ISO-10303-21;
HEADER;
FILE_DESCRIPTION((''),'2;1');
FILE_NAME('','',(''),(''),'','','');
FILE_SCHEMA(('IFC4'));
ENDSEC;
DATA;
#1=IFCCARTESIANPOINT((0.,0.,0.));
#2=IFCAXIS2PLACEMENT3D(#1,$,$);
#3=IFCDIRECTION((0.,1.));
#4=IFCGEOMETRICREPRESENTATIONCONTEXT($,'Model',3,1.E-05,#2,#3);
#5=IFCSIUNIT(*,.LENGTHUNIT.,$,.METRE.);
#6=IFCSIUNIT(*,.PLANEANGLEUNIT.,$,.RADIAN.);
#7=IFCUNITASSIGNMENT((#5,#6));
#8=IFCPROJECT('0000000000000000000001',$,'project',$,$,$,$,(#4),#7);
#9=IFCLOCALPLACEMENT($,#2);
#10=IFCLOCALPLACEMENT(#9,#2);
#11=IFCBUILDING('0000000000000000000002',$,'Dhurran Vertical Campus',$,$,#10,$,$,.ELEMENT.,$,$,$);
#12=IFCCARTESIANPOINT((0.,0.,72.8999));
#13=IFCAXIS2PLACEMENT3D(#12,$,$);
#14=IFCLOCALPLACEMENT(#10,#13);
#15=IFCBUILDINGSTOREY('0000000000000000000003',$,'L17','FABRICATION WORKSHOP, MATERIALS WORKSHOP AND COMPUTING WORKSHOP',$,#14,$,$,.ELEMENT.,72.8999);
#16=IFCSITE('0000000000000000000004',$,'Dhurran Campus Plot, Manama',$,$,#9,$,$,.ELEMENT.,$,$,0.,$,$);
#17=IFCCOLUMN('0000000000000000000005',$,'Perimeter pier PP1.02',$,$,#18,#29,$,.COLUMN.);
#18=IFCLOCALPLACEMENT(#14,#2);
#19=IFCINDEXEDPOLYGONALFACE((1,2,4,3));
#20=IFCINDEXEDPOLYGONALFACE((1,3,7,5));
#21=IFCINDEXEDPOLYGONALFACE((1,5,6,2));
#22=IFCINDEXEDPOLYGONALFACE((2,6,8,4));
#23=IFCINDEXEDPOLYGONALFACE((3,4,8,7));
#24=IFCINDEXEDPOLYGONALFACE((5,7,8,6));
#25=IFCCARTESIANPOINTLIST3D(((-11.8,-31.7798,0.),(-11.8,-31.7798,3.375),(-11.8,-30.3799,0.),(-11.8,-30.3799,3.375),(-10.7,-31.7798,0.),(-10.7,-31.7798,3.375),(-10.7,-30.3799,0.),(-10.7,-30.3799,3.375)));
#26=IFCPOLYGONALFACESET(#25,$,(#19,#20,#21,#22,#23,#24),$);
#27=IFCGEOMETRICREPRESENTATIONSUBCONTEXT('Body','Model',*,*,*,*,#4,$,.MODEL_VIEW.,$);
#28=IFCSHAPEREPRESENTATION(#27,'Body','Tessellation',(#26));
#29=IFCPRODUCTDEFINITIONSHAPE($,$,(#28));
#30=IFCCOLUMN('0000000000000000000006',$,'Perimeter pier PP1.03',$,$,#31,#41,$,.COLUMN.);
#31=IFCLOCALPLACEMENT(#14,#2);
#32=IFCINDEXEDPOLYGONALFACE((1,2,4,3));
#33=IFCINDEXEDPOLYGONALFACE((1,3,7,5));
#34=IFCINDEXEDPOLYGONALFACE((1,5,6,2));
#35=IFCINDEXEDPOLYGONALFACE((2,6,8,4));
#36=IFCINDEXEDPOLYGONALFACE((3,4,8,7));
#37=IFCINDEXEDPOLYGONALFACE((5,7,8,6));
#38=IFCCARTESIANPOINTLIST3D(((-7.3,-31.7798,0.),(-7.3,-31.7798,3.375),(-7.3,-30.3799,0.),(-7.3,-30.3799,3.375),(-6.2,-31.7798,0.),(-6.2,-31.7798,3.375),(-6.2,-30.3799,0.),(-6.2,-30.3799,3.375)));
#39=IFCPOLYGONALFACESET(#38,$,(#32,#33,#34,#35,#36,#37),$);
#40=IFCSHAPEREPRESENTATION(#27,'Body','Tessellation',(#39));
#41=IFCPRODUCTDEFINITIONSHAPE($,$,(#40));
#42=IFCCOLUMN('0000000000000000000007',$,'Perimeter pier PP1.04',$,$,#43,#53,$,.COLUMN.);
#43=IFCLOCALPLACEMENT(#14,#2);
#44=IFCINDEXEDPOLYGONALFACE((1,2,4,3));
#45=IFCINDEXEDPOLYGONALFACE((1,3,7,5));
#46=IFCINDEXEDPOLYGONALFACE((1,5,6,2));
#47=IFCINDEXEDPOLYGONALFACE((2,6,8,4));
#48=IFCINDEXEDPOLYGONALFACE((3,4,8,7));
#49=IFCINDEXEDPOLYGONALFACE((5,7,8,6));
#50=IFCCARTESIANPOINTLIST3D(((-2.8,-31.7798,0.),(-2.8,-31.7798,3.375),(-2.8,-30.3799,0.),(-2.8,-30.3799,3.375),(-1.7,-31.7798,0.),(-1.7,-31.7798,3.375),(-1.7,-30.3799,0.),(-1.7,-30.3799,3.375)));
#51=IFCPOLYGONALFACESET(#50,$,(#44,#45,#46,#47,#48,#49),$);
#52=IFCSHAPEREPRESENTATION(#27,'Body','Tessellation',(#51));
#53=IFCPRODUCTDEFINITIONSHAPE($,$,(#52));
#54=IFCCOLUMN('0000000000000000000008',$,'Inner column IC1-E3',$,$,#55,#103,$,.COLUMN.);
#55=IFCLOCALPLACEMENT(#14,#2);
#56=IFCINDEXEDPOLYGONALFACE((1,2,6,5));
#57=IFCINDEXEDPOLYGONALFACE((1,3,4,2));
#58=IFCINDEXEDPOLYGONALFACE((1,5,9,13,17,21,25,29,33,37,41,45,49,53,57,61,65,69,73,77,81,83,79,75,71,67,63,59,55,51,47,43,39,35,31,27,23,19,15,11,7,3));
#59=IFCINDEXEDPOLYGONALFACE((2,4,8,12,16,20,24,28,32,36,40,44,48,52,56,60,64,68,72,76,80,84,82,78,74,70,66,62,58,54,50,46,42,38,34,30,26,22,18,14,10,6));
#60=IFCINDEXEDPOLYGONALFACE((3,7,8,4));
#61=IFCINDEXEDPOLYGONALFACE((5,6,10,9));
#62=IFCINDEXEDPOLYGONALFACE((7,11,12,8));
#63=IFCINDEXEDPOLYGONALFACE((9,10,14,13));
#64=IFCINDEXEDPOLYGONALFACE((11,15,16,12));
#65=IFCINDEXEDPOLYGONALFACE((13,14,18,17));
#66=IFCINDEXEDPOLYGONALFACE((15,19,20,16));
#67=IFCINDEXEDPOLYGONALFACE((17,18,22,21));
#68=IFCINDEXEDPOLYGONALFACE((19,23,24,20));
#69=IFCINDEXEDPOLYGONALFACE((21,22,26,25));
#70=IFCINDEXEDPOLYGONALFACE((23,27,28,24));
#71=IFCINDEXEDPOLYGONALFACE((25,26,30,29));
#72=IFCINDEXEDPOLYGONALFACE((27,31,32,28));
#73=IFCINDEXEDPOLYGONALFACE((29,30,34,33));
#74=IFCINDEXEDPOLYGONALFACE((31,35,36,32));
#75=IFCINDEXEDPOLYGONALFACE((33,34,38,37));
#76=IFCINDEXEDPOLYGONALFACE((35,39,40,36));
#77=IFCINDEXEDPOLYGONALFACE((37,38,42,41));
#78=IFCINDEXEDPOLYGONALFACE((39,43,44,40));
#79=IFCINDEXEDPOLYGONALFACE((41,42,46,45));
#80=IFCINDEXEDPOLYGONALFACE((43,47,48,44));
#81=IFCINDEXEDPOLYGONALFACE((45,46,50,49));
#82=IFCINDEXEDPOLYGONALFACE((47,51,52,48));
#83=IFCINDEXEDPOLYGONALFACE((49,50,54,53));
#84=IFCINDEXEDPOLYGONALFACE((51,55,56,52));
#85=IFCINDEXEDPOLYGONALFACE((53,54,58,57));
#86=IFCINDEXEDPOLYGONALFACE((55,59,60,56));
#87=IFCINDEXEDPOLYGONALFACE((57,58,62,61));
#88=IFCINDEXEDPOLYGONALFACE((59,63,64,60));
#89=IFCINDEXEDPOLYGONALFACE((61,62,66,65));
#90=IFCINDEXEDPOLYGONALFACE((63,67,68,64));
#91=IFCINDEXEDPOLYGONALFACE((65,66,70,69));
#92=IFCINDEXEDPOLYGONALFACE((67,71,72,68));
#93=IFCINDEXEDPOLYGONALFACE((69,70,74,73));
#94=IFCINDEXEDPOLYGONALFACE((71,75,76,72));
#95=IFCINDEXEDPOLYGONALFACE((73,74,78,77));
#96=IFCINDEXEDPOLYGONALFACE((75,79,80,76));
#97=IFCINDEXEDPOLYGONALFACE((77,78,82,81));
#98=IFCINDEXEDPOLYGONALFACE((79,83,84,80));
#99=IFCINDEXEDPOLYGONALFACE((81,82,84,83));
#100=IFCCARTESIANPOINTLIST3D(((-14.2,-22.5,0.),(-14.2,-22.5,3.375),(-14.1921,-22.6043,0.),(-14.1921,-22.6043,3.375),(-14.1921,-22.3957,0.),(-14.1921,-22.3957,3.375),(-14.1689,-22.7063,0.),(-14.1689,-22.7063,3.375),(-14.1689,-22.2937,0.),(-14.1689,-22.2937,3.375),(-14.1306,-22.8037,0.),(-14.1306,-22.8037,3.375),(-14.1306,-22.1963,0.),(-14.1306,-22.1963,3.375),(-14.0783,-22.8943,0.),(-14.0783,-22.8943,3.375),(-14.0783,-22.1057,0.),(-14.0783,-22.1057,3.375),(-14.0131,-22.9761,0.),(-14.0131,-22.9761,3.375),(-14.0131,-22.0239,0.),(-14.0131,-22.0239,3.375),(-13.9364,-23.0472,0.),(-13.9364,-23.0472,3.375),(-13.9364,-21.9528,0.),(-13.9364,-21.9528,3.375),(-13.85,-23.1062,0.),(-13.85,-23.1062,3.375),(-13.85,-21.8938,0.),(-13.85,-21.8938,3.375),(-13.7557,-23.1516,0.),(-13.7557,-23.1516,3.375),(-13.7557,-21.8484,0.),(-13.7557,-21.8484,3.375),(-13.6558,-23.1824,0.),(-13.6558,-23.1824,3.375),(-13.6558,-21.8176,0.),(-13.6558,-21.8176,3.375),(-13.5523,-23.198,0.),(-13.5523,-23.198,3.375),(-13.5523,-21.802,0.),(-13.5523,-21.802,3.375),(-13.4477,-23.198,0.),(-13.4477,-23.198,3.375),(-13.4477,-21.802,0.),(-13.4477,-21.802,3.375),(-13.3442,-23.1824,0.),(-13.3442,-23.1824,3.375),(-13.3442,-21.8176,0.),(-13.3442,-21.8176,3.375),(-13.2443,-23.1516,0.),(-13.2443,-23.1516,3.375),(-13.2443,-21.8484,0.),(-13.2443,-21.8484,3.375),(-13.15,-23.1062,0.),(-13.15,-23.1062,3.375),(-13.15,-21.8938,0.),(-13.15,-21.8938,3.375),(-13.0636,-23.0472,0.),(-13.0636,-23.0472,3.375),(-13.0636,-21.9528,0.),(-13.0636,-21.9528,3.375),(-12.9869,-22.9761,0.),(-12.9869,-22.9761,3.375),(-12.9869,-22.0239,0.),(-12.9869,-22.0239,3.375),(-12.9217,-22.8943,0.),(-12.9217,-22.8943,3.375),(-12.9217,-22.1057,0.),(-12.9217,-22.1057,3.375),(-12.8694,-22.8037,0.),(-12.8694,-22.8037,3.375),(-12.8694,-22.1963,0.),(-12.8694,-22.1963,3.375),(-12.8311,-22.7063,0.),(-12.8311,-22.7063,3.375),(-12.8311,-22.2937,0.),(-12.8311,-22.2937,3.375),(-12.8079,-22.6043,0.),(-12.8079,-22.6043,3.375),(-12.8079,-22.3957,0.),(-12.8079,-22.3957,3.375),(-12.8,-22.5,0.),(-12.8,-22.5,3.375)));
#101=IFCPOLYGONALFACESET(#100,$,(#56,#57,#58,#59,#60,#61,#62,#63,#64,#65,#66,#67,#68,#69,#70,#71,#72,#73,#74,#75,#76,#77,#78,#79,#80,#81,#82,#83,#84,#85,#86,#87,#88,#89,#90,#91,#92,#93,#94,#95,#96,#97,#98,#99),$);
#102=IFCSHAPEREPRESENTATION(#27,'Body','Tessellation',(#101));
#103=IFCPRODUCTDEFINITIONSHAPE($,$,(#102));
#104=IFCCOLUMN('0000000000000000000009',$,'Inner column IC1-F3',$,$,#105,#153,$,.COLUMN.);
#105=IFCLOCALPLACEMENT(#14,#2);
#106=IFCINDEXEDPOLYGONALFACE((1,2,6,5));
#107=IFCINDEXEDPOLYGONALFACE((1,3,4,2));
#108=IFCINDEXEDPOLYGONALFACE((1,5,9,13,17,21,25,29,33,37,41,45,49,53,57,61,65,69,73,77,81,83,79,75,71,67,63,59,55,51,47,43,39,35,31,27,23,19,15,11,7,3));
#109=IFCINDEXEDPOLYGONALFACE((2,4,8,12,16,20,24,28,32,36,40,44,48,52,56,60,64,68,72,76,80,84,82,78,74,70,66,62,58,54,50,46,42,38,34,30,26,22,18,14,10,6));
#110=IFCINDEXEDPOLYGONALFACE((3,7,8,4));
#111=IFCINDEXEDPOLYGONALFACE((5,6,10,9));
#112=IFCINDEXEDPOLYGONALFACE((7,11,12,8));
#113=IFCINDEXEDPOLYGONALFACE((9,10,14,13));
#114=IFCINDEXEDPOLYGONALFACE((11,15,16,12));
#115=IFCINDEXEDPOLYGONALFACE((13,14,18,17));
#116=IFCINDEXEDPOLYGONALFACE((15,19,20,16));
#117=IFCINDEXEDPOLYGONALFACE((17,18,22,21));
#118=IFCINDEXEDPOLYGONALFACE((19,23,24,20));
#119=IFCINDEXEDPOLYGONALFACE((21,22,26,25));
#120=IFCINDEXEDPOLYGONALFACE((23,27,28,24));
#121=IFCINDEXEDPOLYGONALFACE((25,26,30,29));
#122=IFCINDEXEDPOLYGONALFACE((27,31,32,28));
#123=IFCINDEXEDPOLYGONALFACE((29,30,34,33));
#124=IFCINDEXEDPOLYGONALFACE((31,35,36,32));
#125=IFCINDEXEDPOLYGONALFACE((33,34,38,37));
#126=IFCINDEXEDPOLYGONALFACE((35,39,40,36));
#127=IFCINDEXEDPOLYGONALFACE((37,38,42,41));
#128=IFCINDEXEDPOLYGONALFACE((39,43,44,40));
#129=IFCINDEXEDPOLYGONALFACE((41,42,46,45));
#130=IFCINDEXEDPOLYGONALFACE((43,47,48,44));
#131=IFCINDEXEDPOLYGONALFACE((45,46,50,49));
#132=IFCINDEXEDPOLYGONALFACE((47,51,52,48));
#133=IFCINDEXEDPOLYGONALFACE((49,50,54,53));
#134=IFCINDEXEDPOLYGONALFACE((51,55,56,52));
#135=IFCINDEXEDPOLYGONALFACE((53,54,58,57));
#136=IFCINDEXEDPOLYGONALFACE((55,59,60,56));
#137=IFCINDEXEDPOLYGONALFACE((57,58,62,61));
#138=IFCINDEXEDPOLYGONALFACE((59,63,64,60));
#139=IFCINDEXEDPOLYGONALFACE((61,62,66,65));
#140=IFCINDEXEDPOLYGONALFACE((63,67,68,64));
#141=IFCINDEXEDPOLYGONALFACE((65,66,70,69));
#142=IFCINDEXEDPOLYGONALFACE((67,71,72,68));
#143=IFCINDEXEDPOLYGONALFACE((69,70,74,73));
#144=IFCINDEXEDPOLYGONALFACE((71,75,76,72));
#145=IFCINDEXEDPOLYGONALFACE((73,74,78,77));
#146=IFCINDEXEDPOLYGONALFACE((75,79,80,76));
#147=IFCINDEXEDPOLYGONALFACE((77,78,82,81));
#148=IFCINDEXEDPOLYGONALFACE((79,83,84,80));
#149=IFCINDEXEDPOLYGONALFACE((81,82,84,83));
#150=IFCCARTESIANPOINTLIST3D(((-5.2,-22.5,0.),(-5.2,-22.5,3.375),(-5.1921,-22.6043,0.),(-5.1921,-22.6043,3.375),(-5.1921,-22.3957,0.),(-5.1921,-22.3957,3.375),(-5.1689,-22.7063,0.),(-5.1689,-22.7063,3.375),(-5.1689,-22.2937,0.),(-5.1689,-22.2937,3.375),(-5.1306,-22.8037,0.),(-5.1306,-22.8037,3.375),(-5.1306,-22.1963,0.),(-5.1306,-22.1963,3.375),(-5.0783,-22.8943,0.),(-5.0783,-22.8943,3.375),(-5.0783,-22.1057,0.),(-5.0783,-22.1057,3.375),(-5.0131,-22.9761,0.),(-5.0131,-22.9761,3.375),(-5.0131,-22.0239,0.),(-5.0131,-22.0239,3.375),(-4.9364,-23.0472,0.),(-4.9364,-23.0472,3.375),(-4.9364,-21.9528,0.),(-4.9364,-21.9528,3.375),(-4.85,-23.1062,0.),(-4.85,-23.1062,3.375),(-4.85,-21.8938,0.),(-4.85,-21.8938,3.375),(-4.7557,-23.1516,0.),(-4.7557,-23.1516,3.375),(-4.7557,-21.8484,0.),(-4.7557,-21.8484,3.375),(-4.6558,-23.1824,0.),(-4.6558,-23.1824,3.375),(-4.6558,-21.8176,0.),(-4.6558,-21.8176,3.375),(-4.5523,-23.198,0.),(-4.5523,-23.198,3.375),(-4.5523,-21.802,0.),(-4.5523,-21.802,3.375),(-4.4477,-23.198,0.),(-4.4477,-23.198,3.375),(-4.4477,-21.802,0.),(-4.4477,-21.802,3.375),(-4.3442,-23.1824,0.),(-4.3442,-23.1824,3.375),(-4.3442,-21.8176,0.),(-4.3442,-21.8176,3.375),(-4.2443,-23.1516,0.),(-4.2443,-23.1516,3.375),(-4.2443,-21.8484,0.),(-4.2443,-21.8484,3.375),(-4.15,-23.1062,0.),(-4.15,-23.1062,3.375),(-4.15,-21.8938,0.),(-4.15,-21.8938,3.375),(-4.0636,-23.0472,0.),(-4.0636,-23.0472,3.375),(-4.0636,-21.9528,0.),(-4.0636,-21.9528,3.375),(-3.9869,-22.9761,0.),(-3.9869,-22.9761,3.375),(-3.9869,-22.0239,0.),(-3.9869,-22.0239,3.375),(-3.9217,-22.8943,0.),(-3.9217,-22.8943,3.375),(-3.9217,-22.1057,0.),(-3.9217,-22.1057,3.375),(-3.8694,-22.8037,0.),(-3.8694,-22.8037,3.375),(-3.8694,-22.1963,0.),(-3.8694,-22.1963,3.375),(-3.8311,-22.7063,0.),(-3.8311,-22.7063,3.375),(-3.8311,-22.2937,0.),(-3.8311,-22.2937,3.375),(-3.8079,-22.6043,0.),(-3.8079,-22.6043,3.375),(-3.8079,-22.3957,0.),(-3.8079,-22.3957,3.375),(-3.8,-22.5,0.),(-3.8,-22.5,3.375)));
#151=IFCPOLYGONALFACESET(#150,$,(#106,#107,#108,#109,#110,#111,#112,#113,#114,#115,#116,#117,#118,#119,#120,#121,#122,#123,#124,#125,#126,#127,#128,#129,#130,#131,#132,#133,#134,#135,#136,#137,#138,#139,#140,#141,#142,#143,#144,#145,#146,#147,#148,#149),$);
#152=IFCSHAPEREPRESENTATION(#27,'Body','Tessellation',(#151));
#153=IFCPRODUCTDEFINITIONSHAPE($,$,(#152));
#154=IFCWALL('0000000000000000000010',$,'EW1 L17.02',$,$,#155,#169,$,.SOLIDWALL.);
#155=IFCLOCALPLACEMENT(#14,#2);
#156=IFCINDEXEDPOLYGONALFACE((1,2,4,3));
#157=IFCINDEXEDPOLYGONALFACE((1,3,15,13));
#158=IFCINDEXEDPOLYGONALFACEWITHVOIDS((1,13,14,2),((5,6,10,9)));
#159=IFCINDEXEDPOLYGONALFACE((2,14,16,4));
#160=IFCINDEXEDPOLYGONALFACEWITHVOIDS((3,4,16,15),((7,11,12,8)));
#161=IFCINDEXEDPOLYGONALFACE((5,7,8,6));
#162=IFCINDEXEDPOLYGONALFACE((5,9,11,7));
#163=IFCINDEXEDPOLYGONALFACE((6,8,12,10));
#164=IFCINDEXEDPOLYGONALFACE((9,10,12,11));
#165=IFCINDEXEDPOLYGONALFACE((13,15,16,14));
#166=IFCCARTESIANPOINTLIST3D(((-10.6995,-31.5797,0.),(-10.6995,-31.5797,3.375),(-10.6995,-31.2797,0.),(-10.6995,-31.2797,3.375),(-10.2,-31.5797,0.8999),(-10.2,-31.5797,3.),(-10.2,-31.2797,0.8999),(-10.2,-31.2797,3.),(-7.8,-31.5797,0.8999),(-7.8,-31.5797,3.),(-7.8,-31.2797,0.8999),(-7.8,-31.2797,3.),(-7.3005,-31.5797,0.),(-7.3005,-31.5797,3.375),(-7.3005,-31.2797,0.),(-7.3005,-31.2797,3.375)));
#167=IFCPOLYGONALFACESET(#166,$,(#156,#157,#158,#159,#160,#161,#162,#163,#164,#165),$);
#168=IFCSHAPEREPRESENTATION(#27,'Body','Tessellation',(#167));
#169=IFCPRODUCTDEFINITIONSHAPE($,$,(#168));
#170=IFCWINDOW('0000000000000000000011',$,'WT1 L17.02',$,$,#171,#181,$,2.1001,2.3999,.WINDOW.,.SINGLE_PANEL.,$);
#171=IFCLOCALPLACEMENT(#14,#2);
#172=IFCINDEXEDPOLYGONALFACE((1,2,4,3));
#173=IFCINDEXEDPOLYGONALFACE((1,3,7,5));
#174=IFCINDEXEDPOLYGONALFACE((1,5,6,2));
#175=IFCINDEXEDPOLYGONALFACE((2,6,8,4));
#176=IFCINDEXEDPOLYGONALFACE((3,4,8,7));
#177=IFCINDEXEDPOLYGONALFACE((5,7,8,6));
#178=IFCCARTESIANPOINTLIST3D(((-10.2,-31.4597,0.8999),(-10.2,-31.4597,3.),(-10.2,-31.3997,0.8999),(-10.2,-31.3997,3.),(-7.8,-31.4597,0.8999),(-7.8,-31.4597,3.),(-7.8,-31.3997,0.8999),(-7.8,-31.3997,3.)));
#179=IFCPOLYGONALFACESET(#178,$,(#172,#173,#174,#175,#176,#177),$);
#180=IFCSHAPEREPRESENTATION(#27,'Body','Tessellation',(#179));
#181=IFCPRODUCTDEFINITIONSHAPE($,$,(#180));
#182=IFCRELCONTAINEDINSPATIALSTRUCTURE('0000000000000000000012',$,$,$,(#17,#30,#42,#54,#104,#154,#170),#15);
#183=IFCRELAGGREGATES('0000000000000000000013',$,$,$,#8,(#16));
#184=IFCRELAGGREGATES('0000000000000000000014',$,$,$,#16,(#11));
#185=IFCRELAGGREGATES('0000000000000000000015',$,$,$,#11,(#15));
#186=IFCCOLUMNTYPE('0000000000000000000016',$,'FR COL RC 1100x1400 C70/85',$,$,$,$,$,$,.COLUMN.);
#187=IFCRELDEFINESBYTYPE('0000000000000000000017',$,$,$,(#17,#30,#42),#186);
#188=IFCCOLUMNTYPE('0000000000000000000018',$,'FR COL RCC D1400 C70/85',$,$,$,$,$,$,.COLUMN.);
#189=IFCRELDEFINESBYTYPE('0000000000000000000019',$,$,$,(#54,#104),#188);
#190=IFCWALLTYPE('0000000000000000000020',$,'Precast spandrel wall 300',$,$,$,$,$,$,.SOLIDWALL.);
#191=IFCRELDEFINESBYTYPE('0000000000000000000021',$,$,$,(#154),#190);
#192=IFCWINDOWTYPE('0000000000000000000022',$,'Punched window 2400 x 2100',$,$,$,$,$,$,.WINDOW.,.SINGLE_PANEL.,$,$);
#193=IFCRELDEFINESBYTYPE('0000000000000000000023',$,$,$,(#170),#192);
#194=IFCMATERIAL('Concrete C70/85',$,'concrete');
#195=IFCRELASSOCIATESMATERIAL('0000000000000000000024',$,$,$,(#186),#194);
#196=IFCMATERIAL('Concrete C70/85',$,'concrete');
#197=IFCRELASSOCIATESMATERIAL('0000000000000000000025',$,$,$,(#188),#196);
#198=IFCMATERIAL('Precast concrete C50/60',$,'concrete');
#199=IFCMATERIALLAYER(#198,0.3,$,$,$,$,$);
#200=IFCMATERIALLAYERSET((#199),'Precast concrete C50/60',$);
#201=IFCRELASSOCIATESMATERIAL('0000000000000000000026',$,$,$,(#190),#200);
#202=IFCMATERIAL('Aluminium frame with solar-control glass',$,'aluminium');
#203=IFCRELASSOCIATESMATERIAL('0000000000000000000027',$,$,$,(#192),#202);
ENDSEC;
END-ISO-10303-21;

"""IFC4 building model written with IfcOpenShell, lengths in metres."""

from ifc_helpers import new_model, si_unit, direction, frame, frame_2d, origin, origin_2d, place, context, subcontext, project, spatial, rectangle, circle, extrude, material, layer, layer_set, material_profile, profile_set, type_object, element, fill, save


model = new_model("IFC4")

# Units and contexts
model_context = context("Model", 3, precision=1e-05, world=origin(), true_north=direction((0.0, 1.0)))
body_context = subcontext(model_context, "Body", "Model", "MODEL_VIEW")
ifc_project = project(units=[si_unit("LENGTHUNIT", "METRE"), si_unit("PLANEANGLEUNIT", "RADIAN")], contexts=[model_context])

# Site, building, storey
site_placement = place(None, origin())
site = spatial("IfcSite", under=ifc_project, at=site_placement, Name="Dhurran Campus Plot, Manama", CompositionType="ELEMENT", RefElevation=0.0)
building_placement = place(site_placement, origin())
building = spatial("IfcBuilding", under=site, at=building_placement, Name="Dhurran Vertical Campus", CompositionType="ELEMENT")
storey_placement = place(building_placement, frame((0.0, 0.0, 72.8999)))
storey = spatial("IfcBuildingStorey", under=building, at=storey_placement, Name="L17", Description="FABRICATION WORKSHOP, MATERIALS WORKSHOP AND COMPUTING WORKSHOP", CompositionType="ELEMENT", Elevation=72.8999)

# Columns
ifc_material_1 = material(Name="Concrete C70/85", Category="concrete")
ifc_material_profile_1 = material_profile(ifc_material_1, rectangle(XDim=1.1001, YDim=1.3999, at=origin_2d()), Name="RC 1100x1400")
ifc_profile_set_1 = profile_set([ifc_material_profile_1], Name="Concrete C70/85")
column_type_1 = type_object("IfcColumnType", Name="FR COL RC 1100x1400 C70/85", PredefinedType="COLUMN", material=ifc_profile_set_1)
for number, where, z_axis, x_axis, name in (
    (1, (-11.25, -31.0798, 0.0), (0.0, 0.0, 1.0), (1.0, 0.0, 0.0), "Perimeter pier PP1.02"),
    (2, (-6.75, -31.0798, 0.0), (0.0, 0.0, 1.0), (1.0, 0.0, 0.0), "Perimeter pier PP1.03"),
    (3, (-2.25, -31.0798, 0.0), (0.0, 0.0, 1.0), (1.0, 0.0, 0.0), "Perimeter pier PP1.04"),
):
    element("IfcColumn", number, at=place(storey_placement, frame(where, z_axis=z_axis, x_axis=x_axis)), inside=storey, type_object=column_type_1, Name=name, PredefinedType="COLUMN", context=body_context, shape_type="SweptSolid", body=[
        extrude(rectangle(XDim=1.1001, YDim=1.3999, at=origin_2d()), origin(), (0.0, 0.0, 1.0), 3.375),
    ])
ifc_material_2 = material(Name="Concrete C70/85", Category="concrete")
ifc_material_profile_2 = material_profile(ifc_material_2, circle(Radius=0.7, at=origin_2d()), Name="RCC D1400")
ifc_profile_set_2 = profile_set([ifc_material_profile_2], Name="Concrete C70/85")
column_type_2 = type_object("IfcColumnType", Name="FR COL RCC D1400 C70/85", PredefinedType="COLUMN", material=ifc_profile_set_2)
for number, where, z_axis, x_axis, name in (
    (4, (-13.5, -22.5, 0.0), (0.0, 0.0, 1.0), (1.0, 0.0, 0.0), "Inner column IC1-E3"),
    (5, (-4.5, -22.5, 0.0), (0.0, 0.0, 1.0), (1.0, 0.0, 0.0), "Inner column IC1-F3"),
):
    element("IfcColumn", number, at=place(storey_placement, frame(where, z_axis=z_axis, x_axis=x_axis)), inside=storey, type_object=column_type_2, Name=name, PredefinedType="COLUMN", context=body_context, shape_type="SweptSolid", body=[
        extrude(circle(Radius=0.7, at=origin_2d()), origin(), (0.0, 0.0, 1.0), 3.375),
    ])

# Wall, opening, window
ifc_material_3 = material(Name="Precast concrete C50/60", Category="concrete")
ifc_layer_1 = layer(ifc_material_3, 0.3)
ifc_layer_set_1 = layer_set([ifc_layer_1], Name="Precast concrete C50/60")
wall_type_1 = type_object("IfcWallType", Name="Precast spandrel wall 300", PredefinedType="SOLIDWALL", material=ifc_layer_set_1)
wall_1_placement = place(storey_placement, frame((-10.6995, -31.4297, 0.0), z_axis=(0.0, 0.0, 1.0), x_axis=(1.0, 0.0, 0.0)))
wall_1 = element("IfcWall", 6, at=wall_1_placement, inside=storey, type_object=wall_type_1, Name="EW1 L17.02", PredefinedType="SOLIDWALL", context=body_context, shape_type="SweptSolid", body=[
    extrude(rectangle(XDim=3.3989, YDim=0.3, at=frame_2d((1.6995, 0.0))), origin(), (0.0, 0.0, 1.0), 3.375),
])
opening_1_placement = place(wall_1_placement, frame((0.4995, 0.0, 0.8999)))
opening_1 = element("IfcOpeningElement", 7, at=opening_1_placement, cuts=wall_1, PredefinedType="OPENING", context=body_context, shape_type="SweptSolid", body=[
    extrude(rectangle(XDim=2.3999, YDim=2.1001, at=frame_2d((1.2, 1.05))), frame((0.0, 0.1599, 0.0), z_axis=(0.0, -1.0, 0.0), x_axis=(1.0, 0.0, 0.0)), (0.0, 0.0, 1.0), 0.3201),
])
ifc_material_4 = material(Name="Aluminium frame with solar-control glass", Category="aluminium")
window_type = type_object("IfcWindowType", Name="Punched window 2400 x 2100", PartitioningType="SINGLE_PANEL", PredefinedType="WINDOW", material=ifc_material_4)
window_1_placement = place(opening_1_placement, origin())
window_1 = element("IfcWindow", 8, at=window_1_placement, inside=storey, type_object=window_type, Name="WT1 L17.02", OverallHeight=2.1001, OverallWidth=2.3999, PartitioningType="SINGLE_PANEL", PredefinedType="WINDOW", context=body_context, shape_type="SweptSolid", body=[
    extrude(rectangle(XDim=2.3999, YDim=2.1001, at=frame_2d((1.2, 1.05))), frame((0.0, 0.03, 0.0), z_axis=(0.0, -1.0, 0.0), x_axis=(1.0, 0.0, 0.0)), (0.0, 0.0, 1.0), 0.0601),
])
fill(opening_1, window_1)

save(model, "model.ifc")
